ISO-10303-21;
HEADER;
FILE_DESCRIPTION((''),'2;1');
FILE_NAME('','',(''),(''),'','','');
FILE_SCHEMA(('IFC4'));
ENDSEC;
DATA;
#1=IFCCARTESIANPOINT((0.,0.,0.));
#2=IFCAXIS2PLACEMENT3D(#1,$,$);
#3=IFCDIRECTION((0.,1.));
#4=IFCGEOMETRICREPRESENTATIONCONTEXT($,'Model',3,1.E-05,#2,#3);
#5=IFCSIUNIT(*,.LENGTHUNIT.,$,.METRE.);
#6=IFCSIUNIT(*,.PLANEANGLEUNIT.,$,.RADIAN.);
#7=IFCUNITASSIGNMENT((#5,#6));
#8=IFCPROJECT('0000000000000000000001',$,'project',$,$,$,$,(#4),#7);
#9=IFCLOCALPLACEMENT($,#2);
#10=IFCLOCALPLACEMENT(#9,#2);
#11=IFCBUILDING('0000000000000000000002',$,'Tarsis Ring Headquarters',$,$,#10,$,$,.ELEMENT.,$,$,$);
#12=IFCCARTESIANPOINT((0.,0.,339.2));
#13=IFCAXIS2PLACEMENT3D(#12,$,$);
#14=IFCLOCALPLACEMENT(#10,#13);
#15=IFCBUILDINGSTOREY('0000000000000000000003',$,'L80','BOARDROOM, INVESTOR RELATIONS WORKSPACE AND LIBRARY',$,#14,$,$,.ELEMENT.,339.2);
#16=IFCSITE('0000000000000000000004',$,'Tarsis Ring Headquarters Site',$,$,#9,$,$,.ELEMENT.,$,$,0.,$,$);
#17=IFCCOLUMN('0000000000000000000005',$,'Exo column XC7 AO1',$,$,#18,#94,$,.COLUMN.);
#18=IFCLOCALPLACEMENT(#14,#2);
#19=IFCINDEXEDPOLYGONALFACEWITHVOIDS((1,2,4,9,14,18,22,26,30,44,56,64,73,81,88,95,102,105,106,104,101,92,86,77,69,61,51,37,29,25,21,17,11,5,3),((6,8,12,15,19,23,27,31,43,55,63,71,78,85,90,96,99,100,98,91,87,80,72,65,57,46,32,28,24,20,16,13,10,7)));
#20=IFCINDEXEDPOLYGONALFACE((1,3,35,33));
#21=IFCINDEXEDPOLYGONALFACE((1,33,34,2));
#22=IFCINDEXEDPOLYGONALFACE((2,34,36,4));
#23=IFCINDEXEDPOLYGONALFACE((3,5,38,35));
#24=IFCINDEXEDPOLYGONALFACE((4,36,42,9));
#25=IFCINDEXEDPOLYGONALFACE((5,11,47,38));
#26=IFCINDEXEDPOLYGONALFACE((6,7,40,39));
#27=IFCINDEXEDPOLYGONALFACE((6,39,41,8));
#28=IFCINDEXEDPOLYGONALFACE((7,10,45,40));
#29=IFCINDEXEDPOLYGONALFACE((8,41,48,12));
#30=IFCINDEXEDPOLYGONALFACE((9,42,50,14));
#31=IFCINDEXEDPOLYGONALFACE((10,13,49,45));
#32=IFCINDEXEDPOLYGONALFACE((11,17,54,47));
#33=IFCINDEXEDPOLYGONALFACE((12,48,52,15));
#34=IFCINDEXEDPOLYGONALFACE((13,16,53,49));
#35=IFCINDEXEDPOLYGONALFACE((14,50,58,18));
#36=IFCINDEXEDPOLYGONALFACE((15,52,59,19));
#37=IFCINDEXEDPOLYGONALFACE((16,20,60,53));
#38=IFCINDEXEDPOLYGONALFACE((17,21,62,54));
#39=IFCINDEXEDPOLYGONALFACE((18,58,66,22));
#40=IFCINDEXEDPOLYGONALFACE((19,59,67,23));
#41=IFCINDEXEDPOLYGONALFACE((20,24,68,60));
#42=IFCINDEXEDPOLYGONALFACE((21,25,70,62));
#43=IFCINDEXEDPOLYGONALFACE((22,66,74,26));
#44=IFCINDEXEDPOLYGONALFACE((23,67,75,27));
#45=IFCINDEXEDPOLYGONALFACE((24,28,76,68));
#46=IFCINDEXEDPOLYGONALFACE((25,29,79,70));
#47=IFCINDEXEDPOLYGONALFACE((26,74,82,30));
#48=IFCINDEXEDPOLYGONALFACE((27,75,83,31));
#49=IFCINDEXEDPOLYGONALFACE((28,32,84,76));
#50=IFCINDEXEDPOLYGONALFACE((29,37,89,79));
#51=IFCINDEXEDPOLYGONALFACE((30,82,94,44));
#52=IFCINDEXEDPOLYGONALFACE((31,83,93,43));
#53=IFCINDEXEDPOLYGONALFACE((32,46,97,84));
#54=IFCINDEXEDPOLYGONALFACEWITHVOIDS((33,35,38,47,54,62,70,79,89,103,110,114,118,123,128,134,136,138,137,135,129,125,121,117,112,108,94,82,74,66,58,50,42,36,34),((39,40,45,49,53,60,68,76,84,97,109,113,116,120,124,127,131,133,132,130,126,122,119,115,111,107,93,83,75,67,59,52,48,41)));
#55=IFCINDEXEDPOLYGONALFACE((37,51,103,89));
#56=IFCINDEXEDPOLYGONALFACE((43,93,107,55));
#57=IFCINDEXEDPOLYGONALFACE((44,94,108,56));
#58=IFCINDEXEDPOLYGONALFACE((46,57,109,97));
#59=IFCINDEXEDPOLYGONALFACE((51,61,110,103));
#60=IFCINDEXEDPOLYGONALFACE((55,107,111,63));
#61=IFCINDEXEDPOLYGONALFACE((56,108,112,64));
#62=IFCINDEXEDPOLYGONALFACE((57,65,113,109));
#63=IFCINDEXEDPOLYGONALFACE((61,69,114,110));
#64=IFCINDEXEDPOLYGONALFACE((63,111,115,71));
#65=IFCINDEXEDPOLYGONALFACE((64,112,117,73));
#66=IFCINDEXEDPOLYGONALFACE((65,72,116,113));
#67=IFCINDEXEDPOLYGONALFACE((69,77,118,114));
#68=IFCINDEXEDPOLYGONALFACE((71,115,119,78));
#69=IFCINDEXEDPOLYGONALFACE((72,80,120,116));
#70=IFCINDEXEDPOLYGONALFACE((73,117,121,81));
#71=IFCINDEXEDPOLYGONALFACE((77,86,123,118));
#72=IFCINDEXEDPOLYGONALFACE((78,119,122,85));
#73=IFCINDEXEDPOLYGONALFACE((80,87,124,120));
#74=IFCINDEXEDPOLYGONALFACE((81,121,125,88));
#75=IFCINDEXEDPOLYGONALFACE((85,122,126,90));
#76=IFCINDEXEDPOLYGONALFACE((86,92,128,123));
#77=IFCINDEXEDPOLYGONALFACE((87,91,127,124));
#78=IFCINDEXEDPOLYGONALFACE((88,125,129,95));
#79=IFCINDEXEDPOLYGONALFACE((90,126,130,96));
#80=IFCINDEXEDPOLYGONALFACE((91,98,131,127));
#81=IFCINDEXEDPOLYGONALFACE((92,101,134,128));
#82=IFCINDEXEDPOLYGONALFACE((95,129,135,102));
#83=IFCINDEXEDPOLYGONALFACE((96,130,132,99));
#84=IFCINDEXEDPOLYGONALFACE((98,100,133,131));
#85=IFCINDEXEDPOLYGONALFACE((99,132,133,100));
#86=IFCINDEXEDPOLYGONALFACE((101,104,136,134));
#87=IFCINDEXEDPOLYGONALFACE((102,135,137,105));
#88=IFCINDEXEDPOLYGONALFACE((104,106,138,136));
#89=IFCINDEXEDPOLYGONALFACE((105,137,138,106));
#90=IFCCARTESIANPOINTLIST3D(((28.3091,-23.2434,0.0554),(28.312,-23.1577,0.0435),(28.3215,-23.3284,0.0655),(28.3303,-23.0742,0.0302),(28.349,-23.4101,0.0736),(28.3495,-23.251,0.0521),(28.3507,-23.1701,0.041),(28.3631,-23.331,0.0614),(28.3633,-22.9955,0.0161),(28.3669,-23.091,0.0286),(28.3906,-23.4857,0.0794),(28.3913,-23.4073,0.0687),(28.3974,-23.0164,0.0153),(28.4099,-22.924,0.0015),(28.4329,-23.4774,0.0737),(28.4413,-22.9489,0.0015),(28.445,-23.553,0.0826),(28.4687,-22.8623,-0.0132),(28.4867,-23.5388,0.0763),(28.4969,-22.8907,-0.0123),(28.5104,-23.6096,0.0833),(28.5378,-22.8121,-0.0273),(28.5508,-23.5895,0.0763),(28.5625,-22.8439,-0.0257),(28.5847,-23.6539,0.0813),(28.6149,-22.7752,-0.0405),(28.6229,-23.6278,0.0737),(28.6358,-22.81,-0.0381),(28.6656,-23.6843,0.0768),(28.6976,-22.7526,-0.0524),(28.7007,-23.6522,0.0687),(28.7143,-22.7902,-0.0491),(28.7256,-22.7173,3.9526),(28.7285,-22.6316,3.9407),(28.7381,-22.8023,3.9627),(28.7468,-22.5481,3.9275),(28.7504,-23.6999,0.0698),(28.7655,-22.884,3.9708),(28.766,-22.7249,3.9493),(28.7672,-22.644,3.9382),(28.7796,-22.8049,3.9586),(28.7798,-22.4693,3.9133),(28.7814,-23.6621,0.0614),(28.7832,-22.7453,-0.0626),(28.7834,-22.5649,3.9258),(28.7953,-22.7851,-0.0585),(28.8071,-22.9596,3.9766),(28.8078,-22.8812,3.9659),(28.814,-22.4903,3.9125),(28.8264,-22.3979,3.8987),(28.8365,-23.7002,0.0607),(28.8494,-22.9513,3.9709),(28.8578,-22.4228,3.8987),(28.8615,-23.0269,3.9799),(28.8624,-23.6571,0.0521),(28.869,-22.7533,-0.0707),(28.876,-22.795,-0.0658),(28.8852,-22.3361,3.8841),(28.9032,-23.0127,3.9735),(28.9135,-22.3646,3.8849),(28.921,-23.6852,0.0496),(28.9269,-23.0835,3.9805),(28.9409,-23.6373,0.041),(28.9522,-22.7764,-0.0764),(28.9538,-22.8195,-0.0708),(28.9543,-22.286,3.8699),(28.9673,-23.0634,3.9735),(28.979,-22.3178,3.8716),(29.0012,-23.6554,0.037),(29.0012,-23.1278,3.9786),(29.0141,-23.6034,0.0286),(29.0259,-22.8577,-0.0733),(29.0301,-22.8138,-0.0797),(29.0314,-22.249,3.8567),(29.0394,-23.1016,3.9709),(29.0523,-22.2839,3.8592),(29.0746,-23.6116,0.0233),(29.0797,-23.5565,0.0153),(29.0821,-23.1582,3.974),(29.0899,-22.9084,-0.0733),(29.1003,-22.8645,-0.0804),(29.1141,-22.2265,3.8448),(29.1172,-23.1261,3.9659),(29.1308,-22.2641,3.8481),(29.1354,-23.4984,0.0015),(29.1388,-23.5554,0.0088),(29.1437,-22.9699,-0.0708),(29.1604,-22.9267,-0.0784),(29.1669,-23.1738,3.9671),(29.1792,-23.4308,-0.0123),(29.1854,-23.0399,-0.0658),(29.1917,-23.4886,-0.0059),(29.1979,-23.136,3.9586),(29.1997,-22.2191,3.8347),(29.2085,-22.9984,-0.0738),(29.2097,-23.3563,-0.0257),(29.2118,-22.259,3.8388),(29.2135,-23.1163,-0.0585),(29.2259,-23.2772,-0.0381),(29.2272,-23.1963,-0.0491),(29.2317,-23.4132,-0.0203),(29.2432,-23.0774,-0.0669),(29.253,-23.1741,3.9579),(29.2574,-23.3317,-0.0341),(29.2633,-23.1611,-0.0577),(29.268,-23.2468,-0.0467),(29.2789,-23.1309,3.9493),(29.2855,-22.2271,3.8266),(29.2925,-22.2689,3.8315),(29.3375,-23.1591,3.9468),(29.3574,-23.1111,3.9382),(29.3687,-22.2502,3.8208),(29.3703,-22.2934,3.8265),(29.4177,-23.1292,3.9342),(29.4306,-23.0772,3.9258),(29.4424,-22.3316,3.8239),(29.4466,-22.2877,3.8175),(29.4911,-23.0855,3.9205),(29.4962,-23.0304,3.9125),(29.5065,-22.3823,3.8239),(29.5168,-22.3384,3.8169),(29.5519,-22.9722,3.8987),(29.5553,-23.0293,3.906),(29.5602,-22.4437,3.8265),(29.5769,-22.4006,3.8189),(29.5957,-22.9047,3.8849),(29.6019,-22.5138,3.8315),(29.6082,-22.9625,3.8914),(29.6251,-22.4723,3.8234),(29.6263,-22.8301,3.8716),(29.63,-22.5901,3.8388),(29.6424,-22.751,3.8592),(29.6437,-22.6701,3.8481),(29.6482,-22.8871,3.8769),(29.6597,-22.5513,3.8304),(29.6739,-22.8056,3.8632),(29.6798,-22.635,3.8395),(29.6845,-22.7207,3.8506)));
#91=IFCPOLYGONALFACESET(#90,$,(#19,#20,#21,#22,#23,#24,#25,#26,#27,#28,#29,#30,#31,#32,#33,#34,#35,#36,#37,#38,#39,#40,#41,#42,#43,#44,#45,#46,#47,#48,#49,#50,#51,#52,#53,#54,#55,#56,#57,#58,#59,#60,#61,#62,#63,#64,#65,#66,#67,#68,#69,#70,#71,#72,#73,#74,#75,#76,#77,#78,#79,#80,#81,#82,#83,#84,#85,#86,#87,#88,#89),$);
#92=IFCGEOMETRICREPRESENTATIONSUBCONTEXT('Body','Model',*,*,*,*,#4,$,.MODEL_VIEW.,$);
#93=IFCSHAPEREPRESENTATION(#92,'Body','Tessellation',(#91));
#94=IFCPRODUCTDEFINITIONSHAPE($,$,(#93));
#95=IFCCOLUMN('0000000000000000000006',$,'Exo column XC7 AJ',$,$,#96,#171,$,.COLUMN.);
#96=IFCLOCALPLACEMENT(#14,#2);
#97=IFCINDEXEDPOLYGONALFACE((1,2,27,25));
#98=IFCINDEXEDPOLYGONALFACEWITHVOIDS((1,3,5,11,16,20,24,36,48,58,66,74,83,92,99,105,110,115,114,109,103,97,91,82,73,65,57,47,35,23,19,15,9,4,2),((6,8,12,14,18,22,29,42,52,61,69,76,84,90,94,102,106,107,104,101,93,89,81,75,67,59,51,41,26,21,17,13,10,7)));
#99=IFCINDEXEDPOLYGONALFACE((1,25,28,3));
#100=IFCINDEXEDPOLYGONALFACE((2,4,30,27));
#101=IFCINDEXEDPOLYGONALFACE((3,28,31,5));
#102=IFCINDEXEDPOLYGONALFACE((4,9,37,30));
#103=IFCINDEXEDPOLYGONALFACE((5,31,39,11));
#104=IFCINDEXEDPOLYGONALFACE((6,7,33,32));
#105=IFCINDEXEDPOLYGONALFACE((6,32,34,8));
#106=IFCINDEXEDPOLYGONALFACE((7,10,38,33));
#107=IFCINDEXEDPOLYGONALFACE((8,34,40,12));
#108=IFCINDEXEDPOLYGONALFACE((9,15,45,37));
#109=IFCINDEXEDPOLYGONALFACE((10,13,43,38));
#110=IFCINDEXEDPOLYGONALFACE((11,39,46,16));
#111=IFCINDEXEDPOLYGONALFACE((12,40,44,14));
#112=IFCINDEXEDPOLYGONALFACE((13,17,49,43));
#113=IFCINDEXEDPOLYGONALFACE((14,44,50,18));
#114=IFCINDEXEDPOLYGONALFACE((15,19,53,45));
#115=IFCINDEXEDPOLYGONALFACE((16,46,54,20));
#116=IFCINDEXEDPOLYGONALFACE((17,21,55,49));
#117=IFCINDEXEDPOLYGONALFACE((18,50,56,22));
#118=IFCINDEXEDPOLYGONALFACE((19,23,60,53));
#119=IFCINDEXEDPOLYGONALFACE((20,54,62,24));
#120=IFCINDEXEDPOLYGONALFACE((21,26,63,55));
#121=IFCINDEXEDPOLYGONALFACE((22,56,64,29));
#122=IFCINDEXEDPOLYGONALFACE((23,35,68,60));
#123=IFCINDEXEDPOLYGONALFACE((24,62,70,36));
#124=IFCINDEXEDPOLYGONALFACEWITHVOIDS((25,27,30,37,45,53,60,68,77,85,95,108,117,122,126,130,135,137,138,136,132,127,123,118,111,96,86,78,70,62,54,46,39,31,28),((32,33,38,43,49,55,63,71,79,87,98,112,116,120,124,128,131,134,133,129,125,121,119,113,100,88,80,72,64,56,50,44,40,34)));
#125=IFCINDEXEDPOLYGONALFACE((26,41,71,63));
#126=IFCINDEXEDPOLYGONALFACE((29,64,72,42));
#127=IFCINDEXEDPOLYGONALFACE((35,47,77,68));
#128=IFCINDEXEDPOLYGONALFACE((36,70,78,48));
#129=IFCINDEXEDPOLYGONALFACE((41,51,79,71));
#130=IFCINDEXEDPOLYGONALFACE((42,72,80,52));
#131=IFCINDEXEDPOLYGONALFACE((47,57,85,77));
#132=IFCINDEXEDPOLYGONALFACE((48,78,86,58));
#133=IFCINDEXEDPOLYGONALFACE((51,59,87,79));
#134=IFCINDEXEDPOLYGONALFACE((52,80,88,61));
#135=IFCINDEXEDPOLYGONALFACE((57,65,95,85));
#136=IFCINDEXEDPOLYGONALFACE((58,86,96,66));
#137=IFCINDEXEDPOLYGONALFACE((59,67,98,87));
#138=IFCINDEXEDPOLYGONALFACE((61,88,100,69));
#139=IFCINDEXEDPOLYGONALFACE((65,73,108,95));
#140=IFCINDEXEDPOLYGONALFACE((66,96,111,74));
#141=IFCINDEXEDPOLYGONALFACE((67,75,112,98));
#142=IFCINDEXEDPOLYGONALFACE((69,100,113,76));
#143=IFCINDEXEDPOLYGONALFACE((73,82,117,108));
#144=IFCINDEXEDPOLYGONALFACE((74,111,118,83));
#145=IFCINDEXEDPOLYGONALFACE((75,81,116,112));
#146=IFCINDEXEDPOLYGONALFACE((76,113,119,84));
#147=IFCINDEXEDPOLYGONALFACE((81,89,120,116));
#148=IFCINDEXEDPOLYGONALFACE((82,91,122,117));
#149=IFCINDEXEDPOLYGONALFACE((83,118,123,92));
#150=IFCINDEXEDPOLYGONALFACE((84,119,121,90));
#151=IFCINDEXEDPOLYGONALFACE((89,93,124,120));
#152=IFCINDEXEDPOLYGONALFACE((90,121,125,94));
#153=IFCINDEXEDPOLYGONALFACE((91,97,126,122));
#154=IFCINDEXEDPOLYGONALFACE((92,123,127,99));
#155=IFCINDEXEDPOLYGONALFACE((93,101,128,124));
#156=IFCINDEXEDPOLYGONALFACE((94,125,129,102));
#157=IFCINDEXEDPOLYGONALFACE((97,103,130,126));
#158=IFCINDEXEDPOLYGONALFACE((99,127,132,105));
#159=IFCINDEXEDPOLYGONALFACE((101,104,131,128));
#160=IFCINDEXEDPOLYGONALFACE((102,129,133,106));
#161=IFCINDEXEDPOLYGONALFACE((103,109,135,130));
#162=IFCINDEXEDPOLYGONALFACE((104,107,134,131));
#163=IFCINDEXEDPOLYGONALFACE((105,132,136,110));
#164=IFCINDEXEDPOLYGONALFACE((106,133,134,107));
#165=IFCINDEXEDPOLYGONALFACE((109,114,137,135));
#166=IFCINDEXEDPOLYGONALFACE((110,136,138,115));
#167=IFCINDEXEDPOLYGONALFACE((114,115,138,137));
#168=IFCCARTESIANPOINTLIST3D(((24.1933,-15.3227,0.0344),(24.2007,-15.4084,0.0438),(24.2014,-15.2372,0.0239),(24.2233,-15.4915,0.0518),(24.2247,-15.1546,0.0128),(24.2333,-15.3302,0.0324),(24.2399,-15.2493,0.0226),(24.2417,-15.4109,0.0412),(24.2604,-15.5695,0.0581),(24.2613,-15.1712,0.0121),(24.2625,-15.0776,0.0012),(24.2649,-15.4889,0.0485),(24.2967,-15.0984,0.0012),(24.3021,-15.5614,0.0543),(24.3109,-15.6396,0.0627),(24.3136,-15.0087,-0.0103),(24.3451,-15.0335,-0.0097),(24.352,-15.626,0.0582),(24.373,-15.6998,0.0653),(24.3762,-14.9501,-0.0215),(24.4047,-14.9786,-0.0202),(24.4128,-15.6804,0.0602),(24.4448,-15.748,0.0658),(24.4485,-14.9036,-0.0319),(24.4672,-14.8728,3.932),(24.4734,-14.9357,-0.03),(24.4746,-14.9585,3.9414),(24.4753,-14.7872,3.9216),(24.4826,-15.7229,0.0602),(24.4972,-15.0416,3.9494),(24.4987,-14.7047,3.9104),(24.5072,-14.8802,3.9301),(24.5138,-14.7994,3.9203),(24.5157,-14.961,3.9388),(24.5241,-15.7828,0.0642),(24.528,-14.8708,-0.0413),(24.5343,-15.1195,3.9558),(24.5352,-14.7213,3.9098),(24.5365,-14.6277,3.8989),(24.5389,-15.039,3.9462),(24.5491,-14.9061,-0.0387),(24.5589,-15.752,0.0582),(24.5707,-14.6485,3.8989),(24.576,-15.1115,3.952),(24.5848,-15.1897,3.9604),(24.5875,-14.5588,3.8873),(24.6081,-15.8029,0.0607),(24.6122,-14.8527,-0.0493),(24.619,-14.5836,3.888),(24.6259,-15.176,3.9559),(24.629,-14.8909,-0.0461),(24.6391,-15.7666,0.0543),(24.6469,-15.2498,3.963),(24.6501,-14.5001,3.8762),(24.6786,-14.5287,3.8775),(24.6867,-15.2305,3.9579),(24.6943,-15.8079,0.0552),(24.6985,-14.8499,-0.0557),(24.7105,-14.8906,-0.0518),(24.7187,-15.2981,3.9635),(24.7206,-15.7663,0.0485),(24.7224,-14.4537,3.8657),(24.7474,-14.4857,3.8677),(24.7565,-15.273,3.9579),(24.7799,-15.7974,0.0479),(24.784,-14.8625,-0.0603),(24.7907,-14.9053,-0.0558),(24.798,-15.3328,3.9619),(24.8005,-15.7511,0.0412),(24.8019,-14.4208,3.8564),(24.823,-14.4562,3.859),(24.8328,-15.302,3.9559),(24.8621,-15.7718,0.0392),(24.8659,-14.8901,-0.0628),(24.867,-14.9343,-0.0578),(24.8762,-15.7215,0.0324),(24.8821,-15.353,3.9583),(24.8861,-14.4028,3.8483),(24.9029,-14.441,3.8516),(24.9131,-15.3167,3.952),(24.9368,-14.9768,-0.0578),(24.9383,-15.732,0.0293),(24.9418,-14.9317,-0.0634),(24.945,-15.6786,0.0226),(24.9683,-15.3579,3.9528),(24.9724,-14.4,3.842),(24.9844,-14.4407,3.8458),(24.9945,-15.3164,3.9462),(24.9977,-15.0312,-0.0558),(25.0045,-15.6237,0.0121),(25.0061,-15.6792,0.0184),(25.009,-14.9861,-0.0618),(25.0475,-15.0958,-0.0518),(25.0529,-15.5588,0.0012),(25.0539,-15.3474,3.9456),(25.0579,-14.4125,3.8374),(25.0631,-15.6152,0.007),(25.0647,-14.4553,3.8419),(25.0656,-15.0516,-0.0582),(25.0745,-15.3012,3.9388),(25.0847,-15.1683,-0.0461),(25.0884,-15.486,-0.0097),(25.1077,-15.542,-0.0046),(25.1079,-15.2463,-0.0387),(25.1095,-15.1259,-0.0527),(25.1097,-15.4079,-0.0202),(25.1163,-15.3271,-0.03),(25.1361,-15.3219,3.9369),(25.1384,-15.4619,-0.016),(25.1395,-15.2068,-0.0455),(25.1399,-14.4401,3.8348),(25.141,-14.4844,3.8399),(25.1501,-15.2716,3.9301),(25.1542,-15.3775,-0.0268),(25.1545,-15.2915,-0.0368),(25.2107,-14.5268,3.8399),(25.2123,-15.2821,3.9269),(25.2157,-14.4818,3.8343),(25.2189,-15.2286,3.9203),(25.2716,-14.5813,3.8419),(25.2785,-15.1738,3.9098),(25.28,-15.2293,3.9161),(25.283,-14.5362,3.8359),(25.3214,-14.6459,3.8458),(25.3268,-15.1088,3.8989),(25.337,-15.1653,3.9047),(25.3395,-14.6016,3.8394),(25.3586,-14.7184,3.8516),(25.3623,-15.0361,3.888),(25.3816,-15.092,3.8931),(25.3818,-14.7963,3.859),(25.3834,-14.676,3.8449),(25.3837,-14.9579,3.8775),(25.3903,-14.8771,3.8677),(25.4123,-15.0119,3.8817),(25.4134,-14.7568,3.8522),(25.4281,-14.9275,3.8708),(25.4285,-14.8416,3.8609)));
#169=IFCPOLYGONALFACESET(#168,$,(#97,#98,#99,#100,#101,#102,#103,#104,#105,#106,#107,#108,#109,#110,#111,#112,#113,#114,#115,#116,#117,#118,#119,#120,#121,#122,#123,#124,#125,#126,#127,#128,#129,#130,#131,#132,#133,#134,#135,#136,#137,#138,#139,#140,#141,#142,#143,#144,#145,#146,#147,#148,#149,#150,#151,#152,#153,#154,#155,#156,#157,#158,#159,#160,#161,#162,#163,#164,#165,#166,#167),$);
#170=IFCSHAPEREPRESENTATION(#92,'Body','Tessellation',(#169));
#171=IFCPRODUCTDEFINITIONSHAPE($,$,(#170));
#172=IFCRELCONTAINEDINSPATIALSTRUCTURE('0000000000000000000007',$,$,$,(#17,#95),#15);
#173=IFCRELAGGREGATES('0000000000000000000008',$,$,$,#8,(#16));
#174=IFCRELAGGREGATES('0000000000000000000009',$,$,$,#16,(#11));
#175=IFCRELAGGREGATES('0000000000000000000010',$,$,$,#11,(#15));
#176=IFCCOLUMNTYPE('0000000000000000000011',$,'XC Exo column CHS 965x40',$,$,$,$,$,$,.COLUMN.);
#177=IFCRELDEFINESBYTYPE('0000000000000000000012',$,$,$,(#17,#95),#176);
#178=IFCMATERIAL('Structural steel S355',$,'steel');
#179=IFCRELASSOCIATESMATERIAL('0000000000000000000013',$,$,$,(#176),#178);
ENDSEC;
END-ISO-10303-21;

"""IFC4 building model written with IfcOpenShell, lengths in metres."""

from ifc_helpers import new_model, si_unit, direction, frame, origin, origin_2d, place, context, subcontext, project, spatial, hollow_circle, extrude, material, material_profile, profile_set, type_object, element, save


model = new_model("IFC4")

# Units and contexts
model_context = context("Model", 3, precision=1e-05, world=origin(), true_north=direction((0.0, 1.0)))
body_context = subcontext(model_context, "Body", "Model", "MODEL_VIEW")
ifc_project = project(units=[si_unit("LENGTHUNIT", "METRE"), si_unit("PLANEANGLEUNIT", "RADIAN")], contexts=[model_context])

# Site, building, storey
site_placement = place(None, origin())
site = spatial("IfcSite", under=ifc_project, at=site_placement, Name="Tarsis Ring Headquarters Site", CompositionType="ELEMENT", RefElevation=0.0)
building_placement = place(site_placement, origin())
building = spatial("IfcBuilding", under=site, at=building_placement, Name="Tarsis Ring Headquarters", CompositionType="ELEMENT")
storey_placement = place(building_placement, frame((0.0, 0.0, 339.2)))
storey = spatial("IfcBuildingStorey", under=building, at=storey_placement, Name="L80", Description="BOARDROOM, INVESTOR RELATIONS WORKSPACE AND LIBRARY", CompositionType="ELEMENT", Elevation=339.2)

# Columns
ifc_material_1 = material(Name="Structural steel S355", Category="steel")
ifc_material_profile_1 = material_profile(ifc_material_1, hollow_circle(Radius=0.4827, WallThickness=0.04, at=origin_2d()), Name="CHS 965x40")
ifc_profile_set_1 = profile_set([ifc_material_profile_1], Name="Structural steel S355")
column_type = type_object("IfcColumnType", Name="XC Exo column CHS 965x40", PredefinedType="COLUMN", material=ifc_profile_set_1)
column_1_placement = place(storey_placement, frame((28.7883, -23.2236, 0.0015), z_axis=(0.105322, 0.133042, 0.985498), x_axis=(-0.784053, 0.620694, 0.0)))
element("IfcColumn", 1, at=column_1_placement, inside=storey, type_object=column_type, Name="Exo column XC7 AO1", PredefinedType="COLUMN", context=body_context, shape_type="SweptSolid", body=[
    extrude(hollow_circle(Radius=0.4827, WallThickness=0.04, at=origin_2d()), origin(), (0.0, 0.0, 1.0), 3.9546),
])
column_2_placement = place(storey_placement, frame((24.6748, -15.3286, 0.0012), z_axis=(0.069646, 0.1144, 0.99099), x_axis=(-0.854163, 0.520006, 0.0)))
element("IfcColumn", 2, at=column_2_placement, inside=storey, type_object=column_type, Name="Exo column XC7 AJ", PredefinedType="COLUMN", context=body_context, shape_type="SweptSolid", body=[
    extrude(hollow_circle(Radius=0.4827, WallThickness=0.04, at=origin_2d()), origin(), (0.0, 0.0, 1.0), 3.9331),
])

save(model, "model.ifc")
